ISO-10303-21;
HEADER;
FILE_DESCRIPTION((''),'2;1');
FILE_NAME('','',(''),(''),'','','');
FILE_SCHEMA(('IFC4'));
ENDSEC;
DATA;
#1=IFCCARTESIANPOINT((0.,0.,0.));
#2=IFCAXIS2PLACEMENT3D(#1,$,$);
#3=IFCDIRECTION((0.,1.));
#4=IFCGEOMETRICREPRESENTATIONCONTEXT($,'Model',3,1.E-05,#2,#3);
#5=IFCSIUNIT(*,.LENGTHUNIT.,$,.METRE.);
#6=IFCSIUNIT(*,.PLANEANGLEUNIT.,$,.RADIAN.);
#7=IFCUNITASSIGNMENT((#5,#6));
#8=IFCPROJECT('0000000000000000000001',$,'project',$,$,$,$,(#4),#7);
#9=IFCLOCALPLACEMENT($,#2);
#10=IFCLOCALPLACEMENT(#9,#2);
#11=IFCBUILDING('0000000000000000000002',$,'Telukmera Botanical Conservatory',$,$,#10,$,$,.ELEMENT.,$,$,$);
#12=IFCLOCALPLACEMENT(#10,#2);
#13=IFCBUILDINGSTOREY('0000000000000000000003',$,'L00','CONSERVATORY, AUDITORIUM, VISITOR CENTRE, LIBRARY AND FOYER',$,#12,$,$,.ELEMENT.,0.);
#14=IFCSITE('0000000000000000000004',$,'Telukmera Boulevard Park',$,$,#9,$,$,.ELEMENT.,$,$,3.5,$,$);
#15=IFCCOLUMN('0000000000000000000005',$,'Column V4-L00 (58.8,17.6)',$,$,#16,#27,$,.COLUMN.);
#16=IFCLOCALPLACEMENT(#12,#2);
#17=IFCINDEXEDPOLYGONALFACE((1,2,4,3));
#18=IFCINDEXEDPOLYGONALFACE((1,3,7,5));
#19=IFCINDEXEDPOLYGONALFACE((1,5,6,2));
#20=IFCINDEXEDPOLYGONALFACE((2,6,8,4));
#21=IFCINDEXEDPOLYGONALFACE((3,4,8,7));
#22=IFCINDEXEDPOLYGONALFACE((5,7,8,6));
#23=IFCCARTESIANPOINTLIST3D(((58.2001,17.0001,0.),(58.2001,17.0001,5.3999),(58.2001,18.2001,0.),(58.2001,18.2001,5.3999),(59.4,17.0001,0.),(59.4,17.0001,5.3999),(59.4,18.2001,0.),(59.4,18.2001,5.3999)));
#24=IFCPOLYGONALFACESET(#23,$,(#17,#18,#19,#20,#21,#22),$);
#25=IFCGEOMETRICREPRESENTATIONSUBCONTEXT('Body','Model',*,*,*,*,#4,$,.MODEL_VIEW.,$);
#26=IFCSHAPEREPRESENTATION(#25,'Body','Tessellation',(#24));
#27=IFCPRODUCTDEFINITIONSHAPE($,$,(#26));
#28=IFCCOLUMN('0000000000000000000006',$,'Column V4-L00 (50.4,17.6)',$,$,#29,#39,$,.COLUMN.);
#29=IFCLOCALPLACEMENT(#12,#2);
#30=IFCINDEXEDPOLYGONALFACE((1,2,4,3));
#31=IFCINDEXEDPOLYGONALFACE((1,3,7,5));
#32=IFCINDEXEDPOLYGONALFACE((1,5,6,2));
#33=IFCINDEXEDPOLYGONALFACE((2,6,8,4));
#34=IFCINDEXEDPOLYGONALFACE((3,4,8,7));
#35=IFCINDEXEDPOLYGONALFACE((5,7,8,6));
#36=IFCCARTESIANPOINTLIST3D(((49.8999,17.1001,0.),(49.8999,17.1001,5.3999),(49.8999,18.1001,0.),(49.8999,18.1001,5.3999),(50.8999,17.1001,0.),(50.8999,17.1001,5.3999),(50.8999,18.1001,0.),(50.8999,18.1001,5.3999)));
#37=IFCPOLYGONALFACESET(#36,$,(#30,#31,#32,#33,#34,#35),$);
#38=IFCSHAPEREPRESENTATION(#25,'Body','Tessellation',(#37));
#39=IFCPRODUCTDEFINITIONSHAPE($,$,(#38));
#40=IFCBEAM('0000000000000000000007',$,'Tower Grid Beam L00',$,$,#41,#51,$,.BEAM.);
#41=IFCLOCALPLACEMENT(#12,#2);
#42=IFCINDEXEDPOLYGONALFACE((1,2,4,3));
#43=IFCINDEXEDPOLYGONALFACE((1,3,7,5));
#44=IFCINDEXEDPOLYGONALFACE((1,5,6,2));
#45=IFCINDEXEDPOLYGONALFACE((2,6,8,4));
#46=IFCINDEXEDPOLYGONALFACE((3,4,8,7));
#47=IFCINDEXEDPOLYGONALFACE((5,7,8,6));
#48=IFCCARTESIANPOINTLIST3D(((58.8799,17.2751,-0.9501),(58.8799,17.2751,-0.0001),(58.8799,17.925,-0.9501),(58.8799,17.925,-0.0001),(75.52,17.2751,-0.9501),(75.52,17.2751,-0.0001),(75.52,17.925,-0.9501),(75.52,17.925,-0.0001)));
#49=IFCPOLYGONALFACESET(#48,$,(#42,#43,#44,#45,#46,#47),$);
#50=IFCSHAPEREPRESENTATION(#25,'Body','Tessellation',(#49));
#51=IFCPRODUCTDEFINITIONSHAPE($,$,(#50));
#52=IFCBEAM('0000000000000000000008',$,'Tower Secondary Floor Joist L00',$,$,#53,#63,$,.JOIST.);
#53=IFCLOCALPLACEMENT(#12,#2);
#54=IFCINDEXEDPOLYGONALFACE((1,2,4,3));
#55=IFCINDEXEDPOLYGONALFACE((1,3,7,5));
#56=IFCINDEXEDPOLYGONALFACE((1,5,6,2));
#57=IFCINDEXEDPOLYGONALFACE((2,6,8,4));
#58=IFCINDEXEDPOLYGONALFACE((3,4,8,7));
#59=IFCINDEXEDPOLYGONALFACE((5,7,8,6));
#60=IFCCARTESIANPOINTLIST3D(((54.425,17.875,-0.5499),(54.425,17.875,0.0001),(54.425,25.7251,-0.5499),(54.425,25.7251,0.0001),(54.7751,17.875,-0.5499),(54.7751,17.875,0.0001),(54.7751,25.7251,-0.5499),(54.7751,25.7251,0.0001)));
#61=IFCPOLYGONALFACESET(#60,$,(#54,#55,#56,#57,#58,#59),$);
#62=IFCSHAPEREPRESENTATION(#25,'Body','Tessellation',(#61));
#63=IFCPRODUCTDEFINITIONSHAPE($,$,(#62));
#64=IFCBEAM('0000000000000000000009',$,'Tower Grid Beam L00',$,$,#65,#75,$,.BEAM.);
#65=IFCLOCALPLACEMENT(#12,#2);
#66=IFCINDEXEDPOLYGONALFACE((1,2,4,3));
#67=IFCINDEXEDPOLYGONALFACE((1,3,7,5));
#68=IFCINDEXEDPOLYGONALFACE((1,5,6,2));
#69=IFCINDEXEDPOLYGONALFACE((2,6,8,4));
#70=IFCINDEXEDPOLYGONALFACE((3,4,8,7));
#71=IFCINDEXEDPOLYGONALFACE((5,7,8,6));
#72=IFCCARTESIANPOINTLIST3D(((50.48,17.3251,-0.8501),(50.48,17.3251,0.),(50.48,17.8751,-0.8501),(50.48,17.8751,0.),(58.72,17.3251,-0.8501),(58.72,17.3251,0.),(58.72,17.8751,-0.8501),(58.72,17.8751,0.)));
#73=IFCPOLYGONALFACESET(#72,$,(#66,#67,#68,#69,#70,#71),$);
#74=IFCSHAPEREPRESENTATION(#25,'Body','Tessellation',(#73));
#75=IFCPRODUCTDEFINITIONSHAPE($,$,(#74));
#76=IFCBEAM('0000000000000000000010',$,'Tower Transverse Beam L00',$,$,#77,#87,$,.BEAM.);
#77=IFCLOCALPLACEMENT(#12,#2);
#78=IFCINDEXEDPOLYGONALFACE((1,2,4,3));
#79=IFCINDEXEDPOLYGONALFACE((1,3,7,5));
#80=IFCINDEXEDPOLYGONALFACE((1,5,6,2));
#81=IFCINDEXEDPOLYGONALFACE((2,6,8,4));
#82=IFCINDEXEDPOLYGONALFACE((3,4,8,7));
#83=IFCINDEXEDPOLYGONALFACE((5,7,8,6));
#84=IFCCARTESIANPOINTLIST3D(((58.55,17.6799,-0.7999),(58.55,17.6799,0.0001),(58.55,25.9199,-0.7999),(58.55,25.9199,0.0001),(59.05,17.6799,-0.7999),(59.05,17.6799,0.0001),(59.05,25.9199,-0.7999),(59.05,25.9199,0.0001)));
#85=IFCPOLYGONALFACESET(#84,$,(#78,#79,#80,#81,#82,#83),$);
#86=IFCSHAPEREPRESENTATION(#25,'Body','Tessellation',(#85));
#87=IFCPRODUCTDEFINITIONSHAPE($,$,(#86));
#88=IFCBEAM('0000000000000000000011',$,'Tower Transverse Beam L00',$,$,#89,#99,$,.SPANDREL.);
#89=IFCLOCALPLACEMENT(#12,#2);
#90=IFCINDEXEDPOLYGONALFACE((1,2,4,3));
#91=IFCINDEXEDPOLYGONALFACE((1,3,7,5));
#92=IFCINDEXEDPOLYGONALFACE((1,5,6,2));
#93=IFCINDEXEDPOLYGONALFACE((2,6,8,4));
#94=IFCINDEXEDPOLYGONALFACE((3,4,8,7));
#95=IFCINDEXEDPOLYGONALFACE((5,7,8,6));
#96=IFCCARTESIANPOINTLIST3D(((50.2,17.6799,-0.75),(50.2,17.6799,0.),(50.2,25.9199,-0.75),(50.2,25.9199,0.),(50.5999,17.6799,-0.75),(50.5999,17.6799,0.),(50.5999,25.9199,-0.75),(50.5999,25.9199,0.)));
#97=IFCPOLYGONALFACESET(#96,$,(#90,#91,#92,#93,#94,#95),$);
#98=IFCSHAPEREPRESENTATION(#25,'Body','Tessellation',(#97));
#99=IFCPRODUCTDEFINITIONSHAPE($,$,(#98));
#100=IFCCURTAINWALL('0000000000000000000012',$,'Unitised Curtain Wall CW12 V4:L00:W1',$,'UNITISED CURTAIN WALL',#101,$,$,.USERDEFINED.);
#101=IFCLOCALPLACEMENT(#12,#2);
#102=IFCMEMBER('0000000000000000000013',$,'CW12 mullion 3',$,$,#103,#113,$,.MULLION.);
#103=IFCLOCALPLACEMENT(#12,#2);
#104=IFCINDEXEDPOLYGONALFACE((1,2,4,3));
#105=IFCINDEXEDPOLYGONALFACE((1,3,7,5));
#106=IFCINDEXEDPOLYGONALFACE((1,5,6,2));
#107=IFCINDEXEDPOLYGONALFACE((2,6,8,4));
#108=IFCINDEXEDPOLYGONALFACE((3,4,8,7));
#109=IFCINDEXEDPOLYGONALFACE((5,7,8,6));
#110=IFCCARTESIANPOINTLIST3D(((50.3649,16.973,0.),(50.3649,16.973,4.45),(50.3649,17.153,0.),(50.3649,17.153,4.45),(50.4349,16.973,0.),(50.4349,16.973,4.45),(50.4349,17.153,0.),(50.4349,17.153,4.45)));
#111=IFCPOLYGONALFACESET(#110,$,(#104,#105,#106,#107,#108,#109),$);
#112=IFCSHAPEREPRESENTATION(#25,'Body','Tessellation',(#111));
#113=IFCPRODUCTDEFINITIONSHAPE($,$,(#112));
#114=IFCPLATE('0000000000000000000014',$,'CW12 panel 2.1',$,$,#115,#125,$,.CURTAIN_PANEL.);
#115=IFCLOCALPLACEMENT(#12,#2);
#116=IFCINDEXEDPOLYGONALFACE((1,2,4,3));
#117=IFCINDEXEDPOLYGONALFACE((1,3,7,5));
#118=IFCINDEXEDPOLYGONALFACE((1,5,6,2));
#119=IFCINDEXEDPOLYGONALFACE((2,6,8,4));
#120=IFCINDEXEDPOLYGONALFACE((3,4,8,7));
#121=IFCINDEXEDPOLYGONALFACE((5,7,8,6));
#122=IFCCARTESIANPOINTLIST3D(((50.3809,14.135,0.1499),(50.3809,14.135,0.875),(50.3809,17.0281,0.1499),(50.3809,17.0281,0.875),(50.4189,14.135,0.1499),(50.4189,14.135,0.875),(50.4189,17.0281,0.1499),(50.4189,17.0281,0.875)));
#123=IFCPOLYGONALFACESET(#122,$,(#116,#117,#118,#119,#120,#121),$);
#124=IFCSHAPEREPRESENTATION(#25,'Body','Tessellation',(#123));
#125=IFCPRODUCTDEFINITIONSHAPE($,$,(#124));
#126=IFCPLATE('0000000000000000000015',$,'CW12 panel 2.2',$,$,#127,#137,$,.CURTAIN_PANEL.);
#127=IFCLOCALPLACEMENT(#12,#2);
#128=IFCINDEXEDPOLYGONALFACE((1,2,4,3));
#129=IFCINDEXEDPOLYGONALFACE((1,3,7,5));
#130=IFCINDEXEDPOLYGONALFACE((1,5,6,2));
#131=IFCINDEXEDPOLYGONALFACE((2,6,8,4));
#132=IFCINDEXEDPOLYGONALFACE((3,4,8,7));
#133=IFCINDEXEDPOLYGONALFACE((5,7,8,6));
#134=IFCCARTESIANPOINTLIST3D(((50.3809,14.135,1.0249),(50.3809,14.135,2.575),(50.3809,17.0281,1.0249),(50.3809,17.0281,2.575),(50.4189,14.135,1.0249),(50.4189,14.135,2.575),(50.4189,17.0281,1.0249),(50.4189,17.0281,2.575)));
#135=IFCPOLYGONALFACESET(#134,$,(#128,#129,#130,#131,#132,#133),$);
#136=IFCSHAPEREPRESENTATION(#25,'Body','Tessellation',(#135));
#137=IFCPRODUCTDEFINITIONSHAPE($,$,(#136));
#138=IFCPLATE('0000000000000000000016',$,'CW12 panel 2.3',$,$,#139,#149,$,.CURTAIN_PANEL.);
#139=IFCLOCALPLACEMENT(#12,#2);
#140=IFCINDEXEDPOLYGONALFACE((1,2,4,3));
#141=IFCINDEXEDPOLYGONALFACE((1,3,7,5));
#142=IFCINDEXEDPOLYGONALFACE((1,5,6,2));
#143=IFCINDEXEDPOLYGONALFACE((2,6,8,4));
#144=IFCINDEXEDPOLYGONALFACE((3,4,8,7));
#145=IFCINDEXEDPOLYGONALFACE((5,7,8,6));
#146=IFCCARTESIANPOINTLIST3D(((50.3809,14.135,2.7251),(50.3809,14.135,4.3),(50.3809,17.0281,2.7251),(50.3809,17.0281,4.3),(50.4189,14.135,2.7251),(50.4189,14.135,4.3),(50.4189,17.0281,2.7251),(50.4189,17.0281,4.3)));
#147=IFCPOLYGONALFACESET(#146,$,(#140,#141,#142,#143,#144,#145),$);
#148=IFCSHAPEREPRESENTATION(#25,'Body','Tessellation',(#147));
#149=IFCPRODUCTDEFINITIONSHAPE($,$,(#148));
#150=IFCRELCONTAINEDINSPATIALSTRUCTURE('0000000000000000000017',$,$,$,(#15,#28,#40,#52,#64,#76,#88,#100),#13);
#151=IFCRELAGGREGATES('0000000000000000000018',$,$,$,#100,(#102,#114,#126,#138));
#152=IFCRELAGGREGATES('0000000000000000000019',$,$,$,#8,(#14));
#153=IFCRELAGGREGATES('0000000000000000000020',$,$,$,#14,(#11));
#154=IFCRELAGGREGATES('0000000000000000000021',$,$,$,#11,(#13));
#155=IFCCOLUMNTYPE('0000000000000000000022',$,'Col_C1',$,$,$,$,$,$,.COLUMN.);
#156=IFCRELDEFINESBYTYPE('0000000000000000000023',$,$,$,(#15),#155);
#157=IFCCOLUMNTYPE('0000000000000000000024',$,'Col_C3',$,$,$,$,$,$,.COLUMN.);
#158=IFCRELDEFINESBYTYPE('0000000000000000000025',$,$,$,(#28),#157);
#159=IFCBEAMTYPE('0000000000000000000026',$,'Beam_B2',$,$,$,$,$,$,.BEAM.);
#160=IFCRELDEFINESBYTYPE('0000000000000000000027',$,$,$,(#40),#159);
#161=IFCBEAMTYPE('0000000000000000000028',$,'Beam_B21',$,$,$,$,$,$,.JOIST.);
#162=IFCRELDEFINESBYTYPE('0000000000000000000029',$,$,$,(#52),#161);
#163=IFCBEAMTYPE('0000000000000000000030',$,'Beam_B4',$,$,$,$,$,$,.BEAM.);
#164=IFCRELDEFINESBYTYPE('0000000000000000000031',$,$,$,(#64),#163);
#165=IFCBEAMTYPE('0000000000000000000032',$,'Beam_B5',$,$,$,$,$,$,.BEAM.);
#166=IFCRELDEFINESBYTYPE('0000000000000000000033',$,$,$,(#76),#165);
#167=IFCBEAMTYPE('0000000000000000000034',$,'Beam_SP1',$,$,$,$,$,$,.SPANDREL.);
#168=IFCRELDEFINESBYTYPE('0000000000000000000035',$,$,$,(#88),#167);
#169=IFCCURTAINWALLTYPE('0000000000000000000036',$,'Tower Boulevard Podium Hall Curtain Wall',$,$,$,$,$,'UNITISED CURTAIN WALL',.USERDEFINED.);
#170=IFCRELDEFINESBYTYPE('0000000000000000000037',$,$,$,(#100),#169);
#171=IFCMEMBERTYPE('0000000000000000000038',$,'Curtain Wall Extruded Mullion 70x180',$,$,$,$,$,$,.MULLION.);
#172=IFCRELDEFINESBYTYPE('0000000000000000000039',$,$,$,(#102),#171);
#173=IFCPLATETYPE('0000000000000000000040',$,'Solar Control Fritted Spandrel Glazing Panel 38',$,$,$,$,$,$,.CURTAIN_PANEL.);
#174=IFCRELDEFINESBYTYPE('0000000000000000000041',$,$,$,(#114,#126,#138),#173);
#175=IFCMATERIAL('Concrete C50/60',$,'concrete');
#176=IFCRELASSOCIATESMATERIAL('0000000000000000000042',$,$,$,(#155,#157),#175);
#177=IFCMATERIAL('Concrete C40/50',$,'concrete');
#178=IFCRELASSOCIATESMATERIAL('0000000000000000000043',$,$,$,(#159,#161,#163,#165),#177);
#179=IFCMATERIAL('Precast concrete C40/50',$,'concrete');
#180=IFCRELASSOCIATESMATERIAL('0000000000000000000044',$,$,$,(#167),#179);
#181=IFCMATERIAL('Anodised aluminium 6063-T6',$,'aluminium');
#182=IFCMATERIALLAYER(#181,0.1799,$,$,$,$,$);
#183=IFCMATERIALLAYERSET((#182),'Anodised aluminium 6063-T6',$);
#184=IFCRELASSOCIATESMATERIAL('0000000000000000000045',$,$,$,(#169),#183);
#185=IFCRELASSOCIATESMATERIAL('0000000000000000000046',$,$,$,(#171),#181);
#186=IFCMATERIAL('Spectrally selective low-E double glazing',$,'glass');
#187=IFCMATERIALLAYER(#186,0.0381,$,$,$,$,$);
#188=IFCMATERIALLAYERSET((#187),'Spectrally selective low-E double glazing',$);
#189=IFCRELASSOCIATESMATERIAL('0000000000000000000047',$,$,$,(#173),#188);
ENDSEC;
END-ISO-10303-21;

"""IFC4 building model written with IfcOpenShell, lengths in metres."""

from ifc_helpers import new_model, si_unit, direction, frame, origin, origin_2d, place, context, subcontext, project, spatial, rectangle, extrude, material, layer, layer_set, material_profile, profile_set, type_object, element, aggregate, save


model = new_model("IFC4")

# Units and contexts
model_context = context("Model", 3, precision=1e-05, world=origin(), true_north=direction((0.0, 1.0)))
body_context = subcontext(model_context, "Body", "Model", "MODEL_VIEW")
ifc_project = project(units=[si_unit("LENGTHUNIT", "METRE"), si_unit("PLANEANGLEUNIT", "RADIAN")], contexts=[model_context])

# Site, building, storey
site_placement = place(None, origin())
site = spatial("IfcSite", under=ifc_project, at=site_placement, Name="Telukmera Boulevard Park", CompositionType="ELEMENT", RefElevation=3.5)
building_placement = place(site_placement, origin())
building = spatial("IfcBuilding", under=site, at=building_placement, Name="Telukmera Botanical Conservatory", CompositionType="ELEMENT")
storey_placement = place(building_placement, origin())
storey = spatial("IfcBuildingStorey", under=building, at=storey_placement, Name="L00", Description="CONSERVATORY, AUDITORIUM, VISITOR CENTRE, LIBRARY AND FOYER", CompositionType="ELEMENT", Elevation=0.0)

# Columns
ifc_material_1 = material(Name="Concrete C50/60", Category="concrete")
ifc_material_profile_1 = material_profile(ifc_material_1, rectangle(XDim=1.2, YDim=1.2, at=origin_2d()), Name="RC 1200x1200")
ifc_profile_set_1 = profile_set([ifc_material_profile_1], Name="Concrete C50/60")
column_type_1 = type_object("IfcColumnType", Name="Col_C1", PredefinedType="COLUMN", material=ifc_profile_set_1)
column_1_placement = place(storey_placement, frame((58.8, 17.6001, 0.0), z_axis=(0.0, 0.0, 1.0), x_axis=(1.0, 0.0, 0.0)))
element("IfcColumn", 1, at=column_1_placement, inside=storey, type_object=column_type_1, Name="Column V4-L00 (58.8,17.6)", PredefinedType="COLUMN", context=body_context, shape_type="SweptSolid", body=[
    extrude(rectangle(XDim=1.2, YDim=1.2, at=origin_2d()), origin(), (0.0, 0.0, 1.0), 5.3999),
])
ifc_material_profile_2 = material_profile(ifc_material_1, rectangle(XDim=1.0, YDim=1.0, at=origin_2d()), Name="RC 1000x1000")
ifc_profile_set_2 = profile_set([ifc_material_profile_2], Name="Concrete C50/60")
column_type_2 = type_object("IfcColumnType", Name="Col_C3", PredefinedType="COLUMN", material=ifc_profile_set_2)
column_2_placement = place(storey_placement, frame((50.3999, 17.6001, 0.0), z_axis=(0.0, 0.0, 1.0), x_axis=(1.0, 0.0, 0.0)))
element("IfcColumn", 2, at=column_2_placement, inside=storey, type_object=column_type_2, Name="Column V4-L00 (50.4,17.6)", PredefinedType="COLUMN", context=body_context, shape_type="SweptSolid", body=[
    extrude(rectangle(XDim=1.0, YDim=1.0, at=origin_2d()), origin(), (0.0, 0.0, 1.0), 5.3999),
])

# Beams
ifc_material_2 = material(Name="Concrete C40/50", Category="concrete")
ifc_material_profile_3 = material_profile(ifc_material_2, rectangle(XDim=0.6499, YDim=0.95, at=origin_2d()), Name="RC 650x950")
ifc_profile_set_3 = profile_set([ifc_material_profile_3], Name="Concrete C40/50")
beam_type_1 = type_object("IfcBeamType", Name="Beam_B2", PredefinedType="BEAM", material=ifc_profile_set_3)
beam_1_placement = place(storey_placement, frame((58.8799, 17.6001, -0.4751), z_axis=(1.0, 0.0, 0.0), x_axis=(0.0, 1.0, 0.0)))
element("IfcBeam", 3, at=beam_1_placement, inside=storey, type_object=beam_type_1, Name="Tower Grid Beam L00", PredefinedType="BEAM", context=body_context, shape_type="SweptSolid", body=[
    extrude(rectangle(XDim=0.6499, YDim=0.95, at=origin_2d()), origin(), (0.0, 0.0, 1.0), 16.6401),
])
ifc_material_profile_4 = material_profile(ifc_material_2, rectangle(XDim=0.3501, YDim=0.55, at=origin_2d()), Name="RC 350x550")
ifc_profile_set_4 = profile_set([ifc_material_profile_4], Name="Concrete C40/50")
beam_type_2 = type_object("IfcBeamType", Name="Beam_B21", PredefinedType="JOIST", material=ifc_profile_set_4)
beam_2_placement = place(storey_placement, frame((54.6001, 17.875, -0.2749), z_axis=(0.0, 1.0, 0.0), x_axis=(-1.0, 0.0, 0.0)))
element("IfcBeam", 4, at=beam_2_placement, inside=storey, type_object=beam_type_2, Name="Tower Secondary Floor Joist L00", PredefinedType="JOIST", context=body_context, shape_type="SweptSolid", body=[
    extrude(rectangle(XDim=0.3501, YDim=0.55, at=origin_2d()), origin(), (0.0, 0.0, 1.0), 7.8501),
])
ifc_material_profile_5 = material_profile(ifc_material_2, rectangle(XDim=0.55, YDim=0.8501, at=origin_2d()), Name="RC 550x850")
ifc_profile_set_5 = profile_set([ifc_material_profile_5], Name="Concrete C40/50")
beam_type_3 = type_object("IfcBeamType", Name="Beam_B4", PredefinedType="BEAM", material=ifc_profile_set_5)
beam_3_placement = place(storey_placement, frame((50.48, 17.6001, -0.425), z_axis=(1.0, 0.0, 0.0), x_axis=(0.0, 1.0, 0.0)))
element("IfcBeam", 5, at=beam_3_placement, inside=storey, type_object=beam_type_3, Name="Tower Grid Beam L00", PredefinedType="BEAM", context=body_context, shape_type="SweptSolid", body=[
    extrude(rectangle(XDim=0.55, YDim=0.8501, at=origin_2d()), origin(), (0.0, 0.0, 1.0), 8.24),
])
ifc_material_profile_6 = material_profile(ifc_material_2, rectangle(XDim=0.5, YDim=0.8, at=origin_2d()), Name="RC 500x800")
ifc_profile_set_6 = profile_set([ifc_material_profile_6], Name="Concrete C40/50")
beam_type_4 = type_object("IfcBeamType", Name="Beam_B5", PredefinedType="BEAM", material=ifc_profile_set_6)
beam_4_placement = place(storey_placement, frame((58.8, 17.6799, -0.3999), z_axis=(0.0, 1.0, 0.0), x_axis=(-1.0, 0.0, 0.0)))
element("IfcBeam", 6, at=beam_4_placement, inside=storey, type_object=beam_type_4, Name="Tower Transverse Beam L00", PredefinedType="BEAM", context=body_context, shape_type="SweptSolid", body=[
    extrude(rectangle(XDim=0.5, YDim=0.8, at=origin_2d()), origin(), (0.0, 0.0, 1.0), 8.24),
])
ifc_material_3 = material(Name="Precast concrete C40/50", Category="concrete")
ifc_material_profile_7 = material_profile(ifc_material_3, rectangle(XDim=0.3999, YDim=0.75, at=origin_2d()), Name="PC 400x750")
ifc_profile_set_7 = profile_set([ifc_material_profile_7], Name="Precast concrete C40/50")
beam_type_5 = type_object("IfcBeamType", Name="Beam_SP1", PredefinedType="SPANDREL", material=ifc_profile_set_7)
beam_5_placement = place(storey_placement, frame((50.3999, 17.6799, -0.375), z_axis=(0.0, 1.0, 0.0), x_axis=(-1.0, 0.0, 0.0)))
element("IfcBeam", 7, at=beam_5_placement, inside=storey, type_object=beam_type_5, Name="Tower Transverse Beam L00", PredefinedType="SPANDREL", context=body_context, shape_type="SweptSolid", body=[
    extrude(rectangle(XDim=0.3999, YDim=0.75, at=origin_2d()), origin(), (0.0, 0.0, 1.0), 8.24),
])

# Curtain wall, member, plates
ifc_material_4 = material(Name="Anodised aluminium 6063-T6", Category="aluminium")
ifc_layer_1 = layer(ifc_material_4, 0.1799)
ifc_layer_set_1 = layer_set([ifc_layer_1], Name="Anodised aluminium 6063-T6")
curtain_wall_type = type_object("IfcCurtainWallType", Name="Tower Boulevard Podium Hall Curtain Wall", ElementType="UNITISED CURTAIN WALL", PredefinedType="USERDEFINED", material=ifc_layer_set_1)
curtain_wall_placement = place(storey_placement, origin())
curtain_wall = element("IfcCurtainWall", 8, at=curtain_wall_placement, inside=storey, type_object=curtain_wall_type, Name="Unitised Curtain Wall CW12 V4:L00:W1", ObjectType="UNITISED CURTAIN WALL", PredefinedType="USERDEFINED")
ifc_material_profile_8 = material_profile(ifc_material_4, rectangle(XDim=0.0701, YDim=0.1799, at=origin_2d()), Name="ALU MULL 70x180")
ifc_profile_set_8 = profile_set([ifc_material_profile_8], Name="Anodised aluminium 6063-T6")
member_type = type_object("IfcMemberType", Name="Curtain Wall Extruded Mullion 70x180", PredefinedType="MULLION", material=ifc_profile_set_8)
member_placement = place(storey_placement, frame((50.3999, 17.063, 0.0), z_axis=(0.0, 0.0, 1.0), x_axis=(-1.0, 0.0, 0.0)))
member = element("IfcMember", 9, at=member_placement, type_object=member_type, Name="CW12 mullion 3", PredefinedType="MULLION", context=body_context, shape_type="SweptSolid", body=[
    extrude(rectangle(XDim=0.0701, YDim=0.1799, at=origin_2d()), origin(), (0.0, 0.0, 1.0), 4.45),
])
ifc_material_5 = material(Name="Spectrally selective low-E double glazing", Category="glass")
ifc_layer_2 = layer(ifc_material_5, 0.0381)
ifc_layer_set_2 = layer_set([ifc_layer_2], Name="Spectrally selective low-E double glazing")
plate_type = type_object("IfcPlateType", Name="Solar Control Fritted Spandrel Glazing Panel 38", PredefinedType="CURTAIN_PANEL", material=ifc_layer_set_2)
plate_1_placement = place(storey_placement, frame((50.3999, 15.5815, 0.1499), z_axis=(0.0, 0.0, 1.0), x_axis=(0.0, 1.0, 0.0)))
plate_1 = element("IfcPlate", 10, at=plate_1_placement, type_object=plate_type, Name="CW12 panel 2.1", PredefinedType="CURTAIN_PANEL", context=body_context, shape_type="SweptSolid", body=[
    extrude(rectangle(XDim=2.8931, YDim=0.0381, at=origin_2d()), origin(), (0.0, 0.0, 1.0), 0.7251),
])
plate_2_placement = place(storey_placement, frame((50.3999, 15.5815, 1.0249), z_axis=(0.0, 0.0, 1.0), x_axis=(0.0, 1.0, 0.0)))
plate_2 = element("IfcPlate", 11, at=plate_2_placement, type_object=plate_type, Name="CW12 panel 2.2", PredefinedType="CURTAIN_PANEL", context=body_context, shape_type="SweptSolid", body=[
    extrude(rectangle(XDim=2.8931, YDim=0.0381, at=origin_2d()), origin(), (0.0, 0.0, 1.0), 1.55),
])
plate_3_placement = place(storey_placement, frame((50.3999, 15.5815, 2.7251), z_axis=(0.0, 0.0, 1.0), x_axis=(0.0, 1.0, 0.0)))
plate_3 = element("IfcPlate", 12, at=plate_3_placement, type_object=plate_type, Name="CW12 panel 2.3", PredefinedType="CURTAIN_PANEL", context=body_context, shape_type="SweptSolid", body=[
    extrude(rectangle(XDim=2.8931, YDim=0.0381, at=origin_2d()), origin(), (0.0, 0.0, 1.0), 1.575),
])
aggregate(curtain_wall, [member, plate_1, plate_2, plate_3])

save(model, "model.ifc")
